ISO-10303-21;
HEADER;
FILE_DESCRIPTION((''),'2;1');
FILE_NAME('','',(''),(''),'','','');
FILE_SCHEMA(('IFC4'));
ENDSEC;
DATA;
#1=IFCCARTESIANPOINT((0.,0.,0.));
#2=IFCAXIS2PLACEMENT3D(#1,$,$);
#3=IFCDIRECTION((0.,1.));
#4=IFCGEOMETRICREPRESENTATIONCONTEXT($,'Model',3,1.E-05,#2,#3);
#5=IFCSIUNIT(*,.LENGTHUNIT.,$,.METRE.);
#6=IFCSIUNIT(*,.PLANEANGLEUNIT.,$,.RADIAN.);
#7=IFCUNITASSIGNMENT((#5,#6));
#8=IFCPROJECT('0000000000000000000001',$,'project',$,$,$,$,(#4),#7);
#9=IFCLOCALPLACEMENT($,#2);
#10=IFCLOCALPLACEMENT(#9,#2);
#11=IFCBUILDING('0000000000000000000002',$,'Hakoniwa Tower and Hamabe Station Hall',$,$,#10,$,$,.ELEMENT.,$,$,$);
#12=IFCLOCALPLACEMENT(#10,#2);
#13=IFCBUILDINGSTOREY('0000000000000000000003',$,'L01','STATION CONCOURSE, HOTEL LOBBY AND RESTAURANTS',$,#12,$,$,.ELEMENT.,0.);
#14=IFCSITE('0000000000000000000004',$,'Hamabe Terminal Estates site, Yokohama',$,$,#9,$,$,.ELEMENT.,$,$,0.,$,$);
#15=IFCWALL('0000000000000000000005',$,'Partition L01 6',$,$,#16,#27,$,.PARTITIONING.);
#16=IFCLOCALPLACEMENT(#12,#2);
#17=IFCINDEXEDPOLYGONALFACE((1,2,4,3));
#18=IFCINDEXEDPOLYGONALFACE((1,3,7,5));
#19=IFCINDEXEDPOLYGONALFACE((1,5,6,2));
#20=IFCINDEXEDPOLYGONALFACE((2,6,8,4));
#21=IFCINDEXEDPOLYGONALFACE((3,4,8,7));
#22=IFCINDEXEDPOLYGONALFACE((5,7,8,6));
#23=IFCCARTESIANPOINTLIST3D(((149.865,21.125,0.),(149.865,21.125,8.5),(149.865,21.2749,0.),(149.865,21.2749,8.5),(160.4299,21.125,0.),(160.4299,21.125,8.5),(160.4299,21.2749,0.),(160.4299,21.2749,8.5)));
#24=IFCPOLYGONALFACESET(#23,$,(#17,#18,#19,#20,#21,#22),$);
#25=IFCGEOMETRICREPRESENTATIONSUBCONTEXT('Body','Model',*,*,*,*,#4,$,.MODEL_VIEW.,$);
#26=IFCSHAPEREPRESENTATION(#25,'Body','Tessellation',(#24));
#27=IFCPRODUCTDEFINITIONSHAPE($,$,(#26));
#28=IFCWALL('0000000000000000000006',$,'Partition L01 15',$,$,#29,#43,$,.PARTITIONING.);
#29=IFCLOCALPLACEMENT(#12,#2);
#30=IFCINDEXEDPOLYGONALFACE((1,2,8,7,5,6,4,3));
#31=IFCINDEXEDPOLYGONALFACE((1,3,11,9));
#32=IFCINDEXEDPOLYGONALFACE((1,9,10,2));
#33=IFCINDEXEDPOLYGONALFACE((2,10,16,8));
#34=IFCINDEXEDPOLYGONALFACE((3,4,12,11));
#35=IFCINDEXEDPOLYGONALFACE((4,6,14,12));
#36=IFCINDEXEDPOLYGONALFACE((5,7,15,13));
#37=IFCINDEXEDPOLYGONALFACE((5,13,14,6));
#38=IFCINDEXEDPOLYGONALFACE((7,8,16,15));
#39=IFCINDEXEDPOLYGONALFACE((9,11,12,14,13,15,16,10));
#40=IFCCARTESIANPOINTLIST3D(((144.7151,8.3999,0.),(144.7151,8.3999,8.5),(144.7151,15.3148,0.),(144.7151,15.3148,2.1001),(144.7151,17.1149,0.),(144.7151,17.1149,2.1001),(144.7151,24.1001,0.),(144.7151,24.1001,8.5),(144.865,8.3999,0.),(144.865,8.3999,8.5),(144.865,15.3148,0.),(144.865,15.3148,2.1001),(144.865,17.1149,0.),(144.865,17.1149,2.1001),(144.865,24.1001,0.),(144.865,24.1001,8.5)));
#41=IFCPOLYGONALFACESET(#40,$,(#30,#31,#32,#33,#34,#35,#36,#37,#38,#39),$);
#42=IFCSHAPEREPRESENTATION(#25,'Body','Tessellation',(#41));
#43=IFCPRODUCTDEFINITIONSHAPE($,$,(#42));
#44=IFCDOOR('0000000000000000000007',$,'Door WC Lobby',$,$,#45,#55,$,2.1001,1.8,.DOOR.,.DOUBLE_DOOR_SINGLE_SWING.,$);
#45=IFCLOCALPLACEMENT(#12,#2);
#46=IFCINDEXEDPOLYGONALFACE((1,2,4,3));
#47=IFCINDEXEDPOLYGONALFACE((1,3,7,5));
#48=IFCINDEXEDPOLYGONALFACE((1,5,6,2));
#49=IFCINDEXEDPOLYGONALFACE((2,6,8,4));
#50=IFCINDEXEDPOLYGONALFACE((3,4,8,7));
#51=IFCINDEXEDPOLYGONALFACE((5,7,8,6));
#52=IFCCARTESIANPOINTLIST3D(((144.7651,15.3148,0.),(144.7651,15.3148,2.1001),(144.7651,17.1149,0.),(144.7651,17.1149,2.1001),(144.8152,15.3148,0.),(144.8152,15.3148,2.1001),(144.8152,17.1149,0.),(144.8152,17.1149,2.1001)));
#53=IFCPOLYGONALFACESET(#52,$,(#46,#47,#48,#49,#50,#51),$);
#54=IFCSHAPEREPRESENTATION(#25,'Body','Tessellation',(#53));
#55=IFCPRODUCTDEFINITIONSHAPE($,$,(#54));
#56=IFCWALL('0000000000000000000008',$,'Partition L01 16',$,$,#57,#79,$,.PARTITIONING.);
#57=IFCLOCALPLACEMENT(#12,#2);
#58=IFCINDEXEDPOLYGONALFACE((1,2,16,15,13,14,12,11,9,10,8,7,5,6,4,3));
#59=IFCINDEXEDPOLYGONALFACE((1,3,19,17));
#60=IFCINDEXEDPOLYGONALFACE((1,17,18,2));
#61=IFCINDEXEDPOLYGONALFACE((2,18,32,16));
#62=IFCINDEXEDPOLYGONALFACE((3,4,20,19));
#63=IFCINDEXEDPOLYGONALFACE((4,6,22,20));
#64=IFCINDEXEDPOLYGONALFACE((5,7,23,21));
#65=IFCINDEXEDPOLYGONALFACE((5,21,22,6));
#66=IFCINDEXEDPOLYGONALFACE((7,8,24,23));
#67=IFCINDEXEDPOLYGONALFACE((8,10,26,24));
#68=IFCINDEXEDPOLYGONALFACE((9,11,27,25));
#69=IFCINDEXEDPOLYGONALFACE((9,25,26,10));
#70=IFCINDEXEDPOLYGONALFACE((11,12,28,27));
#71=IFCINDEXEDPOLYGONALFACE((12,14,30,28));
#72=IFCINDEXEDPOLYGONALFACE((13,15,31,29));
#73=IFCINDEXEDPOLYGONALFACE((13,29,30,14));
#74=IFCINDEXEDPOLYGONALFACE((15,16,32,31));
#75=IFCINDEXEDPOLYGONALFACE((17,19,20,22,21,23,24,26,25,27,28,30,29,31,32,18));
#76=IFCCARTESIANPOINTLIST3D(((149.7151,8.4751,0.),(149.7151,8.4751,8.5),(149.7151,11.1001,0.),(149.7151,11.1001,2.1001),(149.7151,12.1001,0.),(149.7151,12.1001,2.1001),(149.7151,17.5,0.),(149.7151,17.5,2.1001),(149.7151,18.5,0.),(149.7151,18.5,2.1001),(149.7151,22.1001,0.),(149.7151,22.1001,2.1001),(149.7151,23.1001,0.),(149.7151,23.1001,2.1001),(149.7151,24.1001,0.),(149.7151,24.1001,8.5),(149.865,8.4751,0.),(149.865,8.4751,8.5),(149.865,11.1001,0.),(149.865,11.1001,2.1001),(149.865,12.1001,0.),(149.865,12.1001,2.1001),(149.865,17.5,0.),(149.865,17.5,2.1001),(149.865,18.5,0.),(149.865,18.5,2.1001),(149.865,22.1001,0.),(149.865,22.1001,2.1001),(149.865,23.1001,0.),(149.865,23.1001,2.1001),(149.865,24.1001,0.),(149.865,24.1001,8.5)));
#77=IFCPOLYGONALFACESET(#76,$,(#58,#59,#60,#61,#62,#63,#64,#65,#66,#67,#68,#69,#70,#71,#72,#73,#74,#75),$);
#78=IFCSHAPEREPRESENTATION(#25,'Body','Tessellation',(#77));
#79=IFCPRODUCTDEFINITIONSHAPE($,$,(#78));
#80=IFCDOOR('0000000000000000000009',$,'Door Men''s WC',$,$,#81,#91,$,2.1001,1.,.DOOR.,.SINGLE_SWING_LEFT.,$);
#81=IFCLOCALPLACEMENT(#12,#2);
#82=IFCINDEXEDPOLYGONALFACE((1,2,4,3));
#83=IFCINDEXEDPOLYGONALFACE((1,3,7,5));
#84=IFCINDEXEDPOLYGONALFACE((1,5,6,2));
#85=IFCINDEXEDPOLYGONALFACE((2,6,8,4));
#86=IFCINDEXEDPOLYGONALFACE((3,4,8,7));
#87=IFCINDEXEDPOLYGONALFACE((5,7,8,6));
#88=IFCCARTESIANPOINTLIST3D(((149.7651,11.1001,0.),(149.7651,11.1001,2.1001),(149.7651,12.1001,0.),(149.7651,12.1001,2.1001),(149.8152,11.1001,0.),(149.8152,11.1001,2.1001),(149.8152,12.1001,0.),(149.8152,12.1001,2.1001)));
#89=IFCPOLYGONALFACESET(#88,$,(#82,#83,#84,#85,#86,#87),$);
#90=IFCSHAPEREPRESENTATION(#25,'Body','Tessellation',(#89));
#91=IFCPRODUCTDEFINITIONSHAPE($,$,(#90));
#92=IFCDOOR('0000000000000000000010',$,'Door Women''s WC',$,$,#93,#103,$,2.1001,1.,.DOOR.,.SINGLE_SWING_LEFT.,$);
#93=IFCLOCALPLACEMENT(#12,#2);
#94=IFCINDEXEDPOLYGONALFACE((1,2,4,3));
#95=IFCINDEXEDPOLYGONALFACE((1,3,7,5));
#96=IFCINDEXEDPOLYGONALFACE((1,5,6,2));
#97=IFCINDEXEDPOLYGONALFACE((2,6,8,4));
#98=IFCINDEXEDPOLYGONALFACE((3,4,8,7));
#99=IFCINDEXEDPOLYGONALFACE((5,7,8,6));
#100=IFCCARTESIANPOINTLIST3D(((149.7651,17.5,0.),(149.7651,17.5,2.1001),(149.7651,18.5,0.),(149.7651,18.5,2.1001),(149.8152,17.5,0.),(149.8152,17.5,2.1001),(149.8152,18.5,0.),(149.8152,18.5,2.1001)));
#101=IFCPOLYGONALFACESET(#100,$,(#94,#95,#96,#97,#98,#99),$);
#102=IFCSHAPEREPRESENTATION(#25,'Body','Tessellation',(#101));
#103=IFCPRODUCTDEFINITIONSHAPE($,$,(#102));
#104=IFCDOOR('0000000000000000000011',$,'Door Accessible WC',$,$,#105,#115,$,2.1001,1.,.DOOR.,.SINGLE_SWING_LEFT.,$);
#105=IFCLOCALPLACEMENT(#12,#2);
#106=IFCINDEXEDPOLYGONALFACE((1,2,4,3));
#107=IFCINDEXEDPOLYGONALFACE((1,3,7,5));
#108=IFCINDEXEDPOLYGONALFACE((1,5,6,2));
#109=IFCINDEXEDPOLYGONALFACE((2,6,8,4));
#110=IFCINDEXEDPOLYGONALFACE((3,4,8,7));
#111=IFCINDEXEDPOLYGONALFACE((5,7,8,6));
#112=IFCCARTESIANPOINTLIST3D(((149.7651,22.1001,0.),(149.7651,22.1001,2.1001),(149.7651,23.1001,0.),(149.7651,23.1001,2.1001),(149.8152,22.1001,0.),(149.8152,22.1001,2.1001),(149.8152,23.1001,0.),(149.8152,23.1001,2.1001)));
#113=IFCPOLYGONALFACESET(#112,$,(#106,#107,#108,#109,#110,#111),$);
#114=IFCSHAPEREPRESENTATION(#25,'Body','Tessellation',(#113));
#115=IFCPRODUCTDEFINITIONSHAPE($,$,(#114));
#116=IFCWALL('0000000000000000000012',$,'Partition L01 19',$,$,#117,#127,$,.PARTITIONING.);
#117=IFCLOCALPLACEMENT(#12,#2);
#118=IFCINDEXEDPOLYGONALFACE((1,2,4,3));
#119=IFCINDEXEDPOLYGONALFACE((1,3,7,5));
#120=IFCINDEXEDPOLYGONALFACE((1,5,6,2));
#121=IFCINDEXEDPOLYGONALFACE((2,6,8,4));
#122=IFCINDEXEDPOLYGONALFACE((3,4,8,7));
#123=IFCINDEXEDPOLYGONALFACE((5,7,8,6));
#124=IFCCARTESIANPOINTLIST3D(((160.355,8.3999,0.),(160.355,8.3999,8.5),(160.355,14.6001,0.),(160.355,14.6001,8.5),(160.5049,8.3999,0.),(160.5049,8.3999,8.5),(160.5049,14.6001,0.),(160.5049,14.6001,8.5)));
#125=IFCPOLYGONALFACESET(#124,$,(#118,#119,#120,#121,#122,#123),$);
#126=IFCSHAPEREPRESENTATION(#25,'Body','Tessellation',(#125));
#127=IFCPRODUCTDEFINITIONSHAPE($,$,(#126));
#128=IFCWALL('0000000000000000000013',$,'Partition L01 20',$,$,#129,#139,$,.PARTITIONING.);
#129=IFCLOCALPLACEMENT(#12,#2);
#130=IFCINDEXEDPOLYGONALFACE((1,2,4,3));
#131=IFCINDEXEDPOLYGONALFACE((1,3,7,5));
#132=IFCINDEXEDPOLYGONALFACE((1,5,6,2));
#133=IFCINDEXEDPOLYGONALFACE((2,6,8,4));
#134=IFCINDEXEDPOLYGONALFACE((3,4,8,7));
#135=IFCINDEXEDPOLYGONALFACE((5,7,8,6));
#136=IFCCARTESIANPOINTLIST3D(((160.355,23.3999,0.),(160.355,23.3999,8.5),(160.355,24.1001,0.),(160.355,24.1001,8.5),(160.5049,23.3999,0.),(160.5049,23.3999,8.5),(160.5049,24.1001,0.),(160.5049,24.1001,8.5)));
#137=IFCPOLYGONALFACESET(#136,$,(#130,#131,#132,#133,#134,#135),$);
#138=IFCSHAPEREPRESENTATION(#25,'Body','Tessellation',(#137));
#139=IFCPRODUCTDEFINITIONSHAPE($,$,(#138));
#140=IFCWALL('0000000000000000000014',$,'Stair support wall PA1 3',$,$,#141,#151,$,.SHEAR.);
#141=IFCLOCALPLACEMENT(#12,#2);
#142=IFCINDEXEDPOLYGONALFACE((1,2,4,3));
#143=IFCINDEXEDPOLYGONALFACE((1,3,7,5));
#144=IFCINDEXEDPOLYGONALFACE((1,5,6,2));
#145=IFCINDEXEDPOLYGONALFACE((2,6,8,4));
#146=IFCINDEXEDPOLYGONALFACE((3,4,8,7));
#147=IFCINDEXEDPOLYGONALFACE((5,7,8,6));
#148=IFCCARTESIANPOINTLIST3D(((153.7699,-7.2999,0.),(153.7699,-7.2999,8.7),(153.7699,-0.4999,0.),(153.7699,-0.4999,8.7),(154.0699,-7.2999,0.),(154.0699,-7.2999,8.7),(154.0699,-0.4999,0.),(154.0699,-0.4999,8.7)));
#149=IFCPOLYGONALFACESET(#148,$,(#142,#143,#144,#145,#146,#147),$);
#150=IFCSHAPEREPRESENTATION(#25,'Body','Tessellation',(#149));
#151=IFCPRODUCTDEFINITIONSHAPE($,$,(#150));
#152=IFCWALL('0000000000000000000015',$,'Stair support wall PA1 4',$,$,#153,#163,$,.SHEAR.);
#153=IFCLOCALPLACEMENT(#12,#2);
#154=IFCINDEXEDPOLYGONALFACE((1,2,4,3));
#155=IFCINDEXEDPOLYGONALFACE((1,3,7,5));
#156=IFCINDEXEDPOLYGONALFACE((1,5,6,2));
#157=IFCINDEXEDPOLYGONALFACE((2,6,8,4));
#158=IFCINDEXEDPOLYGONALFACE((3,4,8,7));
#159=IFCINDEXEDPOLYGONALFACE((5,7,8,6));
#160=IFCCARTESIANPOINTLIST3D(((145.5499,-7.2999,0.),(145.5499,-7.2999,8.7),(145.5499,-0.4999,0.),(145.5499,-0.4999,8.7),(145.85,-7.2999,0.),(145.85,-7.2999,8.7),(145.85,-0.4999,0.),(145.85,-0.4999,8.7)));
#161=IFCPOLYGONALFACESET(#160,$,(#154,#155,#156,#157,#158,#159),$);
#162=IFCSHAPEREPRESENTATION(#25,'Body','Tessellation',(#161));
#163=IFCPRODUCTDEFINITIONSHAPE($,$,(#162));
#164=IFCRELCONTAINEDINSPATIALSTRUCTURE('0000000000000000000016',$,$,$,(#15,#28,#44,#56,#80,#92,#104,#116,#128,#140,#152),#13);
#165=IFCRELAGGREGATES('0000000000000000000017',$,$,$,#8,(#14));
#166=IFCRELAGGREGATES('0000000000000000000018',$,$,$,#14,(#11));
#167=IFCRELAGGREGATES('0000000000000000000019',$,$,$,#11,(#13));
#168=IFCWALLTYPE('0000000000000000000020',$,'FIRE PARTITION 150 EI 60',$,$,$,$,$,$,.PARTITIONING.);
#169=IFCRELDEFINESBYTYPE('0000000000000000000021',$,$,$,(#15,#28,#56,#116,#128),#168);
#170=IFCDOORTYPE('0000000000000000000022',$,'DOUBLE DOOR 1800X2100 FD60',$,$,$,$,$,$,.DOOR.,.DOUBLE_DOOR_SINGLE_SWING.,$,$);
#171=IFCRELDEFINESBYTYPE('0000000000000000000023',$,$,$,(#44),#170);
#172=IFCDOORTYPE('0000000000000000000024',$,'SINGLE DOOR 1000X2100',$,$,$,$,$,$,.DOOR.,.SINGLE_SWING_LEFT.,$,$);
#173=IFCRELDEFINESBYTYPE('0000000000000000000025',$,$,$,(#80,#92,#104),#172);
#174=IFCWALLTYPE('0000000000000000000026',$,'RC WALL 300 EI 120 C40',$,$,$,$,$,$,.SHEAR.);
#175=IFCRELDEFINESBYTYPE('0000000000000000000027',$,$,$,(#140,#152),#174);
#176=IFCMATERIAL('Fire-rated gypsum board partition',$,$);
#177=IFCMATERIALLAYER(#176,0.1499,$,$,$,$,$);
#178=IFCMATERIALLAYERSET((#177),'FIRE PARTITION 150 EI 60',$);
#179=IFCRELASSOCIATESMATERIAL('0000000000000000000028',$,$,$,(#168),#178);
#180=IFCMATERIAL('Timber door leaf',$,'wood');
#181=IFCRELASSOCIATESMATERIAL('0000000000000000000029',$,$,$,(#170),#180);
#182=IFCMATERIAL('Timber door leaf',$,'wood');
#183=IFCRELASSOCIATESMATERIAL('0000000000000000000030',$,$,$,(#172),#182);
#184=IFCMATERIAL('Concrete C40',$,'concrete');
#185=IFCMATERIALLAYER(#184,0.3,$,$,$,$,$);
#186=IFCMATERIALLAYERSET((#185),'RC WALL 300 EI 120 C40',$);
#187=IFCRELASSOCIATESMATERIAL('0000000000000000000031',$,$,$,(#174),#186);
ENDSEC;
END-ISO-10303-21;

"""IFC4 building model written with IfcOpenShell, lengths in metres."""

from ifc_helpers import new_model, si_unit, direction, frame, frame_2d, origin, place, context, subcontext, project, spatial, rectangle, extrude, material, layer, layer_set, type_object, element, fill, save


model = new_model("IFC4")

# Units and contexts
model_context = context("Model", 3, precision=1e-05, world=origin(), true_north=direction((0.0, 1.0)))
body_context = subcontext(model_context, "Body", "Model", "MODEL_VIEW")
ifc_project = project(units=[si_unit("LENGTHUNIT", "METRE"), si_unit("PLANEANGLEUNIT", "RADIAN")], contexts=[model_context])

# Site, building, storey
site_placement = place(None, origin())
site = spatial("IfcSite", under=ifc_project, at=site_placement, Name="Hamabe Terminal Estates site, Yokohama", CompositionType="ELEMENT", RefElevation=0.0)
building_placement = place(site_placement, origin())
building = spatial("IfcBuilding", under=site, at=building_placement, Name="Hakoniwa Tower and Hamabe Station Hall", CompositionType="ELEMENT")
storey_placement = place(building_placement, origin())
storey = spatial("IfcBuildingStorey", under=building, at=storey_placement, Name="L01", Description="STATION CONCOURSE, HOTEL LOBBY AND RESTAURANTS", CompositionType="ELEMENT", Elevation=0.0)

# Wall
ifc_material_1 = material(Name="Fire-rated gypsum board partition")
ifc_layer_1 = layer(ifc_material_1, 0.1499)
ifc_layer_set_1 = layer_set([ifc_layer_1], Name="FIRE PARTITION 150 EI 60")
wall_type_1 = type_object("IfcWallType", Name="FIRE PARTITION 150 EI 60", PredefinedType="PARTITIONING", material=ifc_layer_set_1)
for number, where, z_axis, x_axis, name in (
    (1, (149.865, 21.2, 0.0), (0.0, 0.0, 1.0), (1.0, 0.0, 0.0), "Partition L01 6"),
):
    element("IfcWall", number, at=place(storey_placement, frame(where, z_axis=z_axis, x_axis=x_axis)), inside=storey, type_object=wall_type_1, Name=name, PredefinedType="PARTITIONING", context=body_context, shape_type="SweptSolid", body=[
        extrude(rectangle(XDim=10.5649, YDim=0.1499, at=frame_2d((5.2825, 0.0))), origin(), (0.0, 0.0, 1.0), 8.5),
    ])

# Wall, opening, door
wall_1_placement = place(storey_placement, frame((144.79, 8.3999, 0.0), z_axis=(0.0, 0.0, 1.0), x_axis=(0.0, 1.0, 0.0)))
wall_1 = element("IfcWall", 2, at=wall_1_placement, inside=storey, type_object=wall_type_1, Name="Partition L01 15", PredefinedType="PARTITIONING", context=body_context, shape_type="SweptSolid", body=[
    extrude(rectangle(XDim=15.7002, YDim=0.1499, at=frame_2d((7.8501, 0.0))), origin(), (0.0, 0.0, 1.0), 8.5),
])
opening_1_placement = place(wall_1_placement, frame((6.915, 0.0, 0.0)))
opening_1 = element("IfcOpeningElement", 3, at=opening_1_placement, cuts=wall_1, PredefinedType="OPENING", context=body_context, shape_type="SweptSolid", body=[
    extrude(rectangle(XDim=1.8, YDim=2.1001, at=frame_2d((0.8999, 1.05))), frame((0.0, 0.085, 0.0), z_axis=(0.0, -1.0, 0.0), x_axis=(1.0, 0.0, 0.0)), (0.0, 0.0, 1.0), 0.1699),
])
ifc_material_2 = material(Name="Timber door leaf", Category="wood")
door_type_1 = type_object("IfcDoorType", Name="DOUBLE DOOR 1800X2100 FD60", OperationType="DOUBLE_DOOR_SINGLE_SWING", PredefinedType="DOOR", material=ifc_material_2)
door_1_placement = place(opening_1_placement, origin())
door_1 = element("IfcDoor", 4, at=door_1_placement, inside=storey, type_object=door_type_1, Name="Door WC Lobby", OperationType="DOUBLE_DOOR_SINGLE_SWING", OverallHeight=2.1001, OverallWidth=1.8, PredefinedType="DOOR", context=body_context, shape_type="SweptSolid", body=[
    extrude(rectangle(XDim=1.8, YDim=2.1001, at=frame_2d((0.8999, 1.05))), frame((0.0, 0.0249, 0.0), z_axis=(0.0, -1.0, 0.0), x_axis=(1.0, 0.0, 0.0)), (0.0, 0.0, 1.0), 0.05),
])
fill(opening_1, door_1)

# Wall, openings, doors
wall_2_placement = place(storey_placement, frame((149.79, 8.4751, 0.0), z_axis=(0.0, 0.0, 1.0), x_axis=(0.0, 1.0, 0.0)))
wall_2 = element("IfcWall", 5, at=wall_2_placement, inside=storey, type_object=wall_type_1, Name="Partition L01 16", PredefinedType="PARTITIONING", context=body_context, shape_type="SweptSolid", body=[
    extrude(rectangle(XDim=15.625, YDim=0.1499, at=frame_2d((7.8125, 0.0))), origin(), (0.0, 0.0, 1.0), 8.5),
])
opening_2_placement = place(wall_2_placement, frame((2.625, 0.0, 0.0)))
opening_2 = element("IfcOpeningElement", 6, at=opening_2_placement, cuts=wall_2, PredefinedType="OPENING", context=body_context, shape_type="SweptSolid", body=[
    extrude(rectangle(XDim=1.0, YDim=2.1001, at=frame_2d((0.5, 1.05))), frame((0.0, 0.085, 0.0), z_axis=(0.0, -1.0, 0.0), x_axis=(1.0, 0.0, 0.0)), (0.0, 0.0, 1.0), 0.1699),
])
opening_3_placement = place(wall_2_placement, frame((9.0249, 0.0, 0.0)))
opening_3 = element("IfcOpeningElement", 7, at=opening_3_placement, cuts=wall_2, PredefinedType="OPENING", context=body_context, shape_type="SweptSolid", body=[
    extrude(rectangle(XDim=1.0, YDim=2.1001, at=frame_2d((0.5, 1.05))), frame((0.0, 0.085, 0.0), z_axis=(0.0, -1.0, 0.0), x_axis=(1.0, 0.0, 0.0)), (0.0, 0.0, 1.0), 0.1699),
])
opening_4_placement = place(wall_2_placement, frame((13.625, 0.0, 0.0)))
opening_4 = element("IfcOpeningElement", 8, at=opening_4_placement, cuts=wall_2, PredefinedType="OPENING", context=body_context, shape_type="SweptSolid", body=[
    extrude(rectangle(XDim=1.0, YDim=2.1001, at=frame_2d((0.5, 1.05))), frame((0.0, 0.085, 0.0), z_axis=(0.0, -1.0, 0.0), x_axis=(1.0, 0.0, 0.0)), (0.0, 0.0, 1.0), 0.1699),
])
ifc_material_3 = material(Name="Timber door leaf", Category="wood")
door_type_2 = type_object("IfcDoorType", Name="SINGLE DOOR 1000X2100", OperationType="SINGLE_SWING_LEFT", PredefinedType="DOOR", material=ifc_material_3)
door_2_placement = place(opening_2_placement, origin())
door_2 = element("IfcDoor", 9, at=door_2_placement, inside=storey, type_object=door_type_2, Name="Door Men's WC", OperationType="SINGLE_SWING_LEFT", OverallHeight=2.1001, OverallWidth=1.0, PredefinedType="DOOR", context=body_context, shape_type="SweptSolid", body=[
    extrude(rectangle(XDim=1.0, YDim=2.1001, at=frame_2d((0.5, 1.05))), frame((0.0, 0.0249, 0.0), z_axis=(0.0, -1.0, 0.0), x_axis=(1.0, 0.0, 0.0)), (0.0, 0.0, 1.0), 0.05),
])
fill(opening_2, door_2)
door_3_placement = place(opening_3_placement, origin())
door_3 = element("IfcDoor", 10, at=door_3_placement, inside=storey, type_object=door_type_2, Name="Door Women's WC", OperationType="SINGLE_SWING_LEFT", OverallHeight=2.1001, OverallWidth=1.0, PredefinedType="DOOR", context=body_context, shape_type="SweptSolid", body=[
    extrude(rectangle(XDim=1.0, YDim=2.1001, at=frame_2d((0.5, 1.05))), frame((0.0, 0.0249, 0.0), z_axis=(0.0, -1.0, 0.0), x_axis=(1.0, 0.0, 0.0)), (0.0, 0.0, 1.0), 0.05),
])
fill(opening_3, door_3)
door_4_placement = place(opening_4_placement, origin())
door_4 = element("IfcDoor", 11, at=door_4_placement, inside=storey, type_object=door_type_2, Name="Door Accessible WC", OperationType="SINGLE_SWING_LEFT", OverallHeight=2.1001, OverallWidth=1.0, PredefinedType="DOOR", context=body_context, shape_type="SweptSolid", body=[
    extrude(rectangle(XDim=1.0, YDim=2.1001, at=frame_2d((0.5, 1.05))), frame((0.0, 0.0249, 0.0), z_axis=(0.0, -1.0, 0.0), x_axis=(1.0, 0.0, 0.0)), (0.0, 0.0, 1.0), 0.05),
])
fill(opening_4, door_4)

# Walls
wall_3_placement = place(storey_placement, frame((160.4299, 8.3999, 0.0), z_axis=(0.0, 0.0, 1.0), x_axis=(0.0, 1.0, 0.0)))
element("IfcWall", 12, at=wall_3_placement, inside=storey, type_object=wall_type_1, Name="Partition L01 19", PredefinedType="PARTITIONING", context=body_context, shape_type="SweptSolid", body=[
    extrude(rectangle(XDim=6.2002, YDim=0.1499, at=frame_2d((3.1001, 0.0))), origin(), (0.0, 0.0, 1.0), 8.5),
])
wall_4_placement = place(storey_placement, frame((160.4299, 23.3999, 0.0), z_axis=(0.0, 0.0, 1.0), x_axis=(0.0, 1.0, 0.0)))
element("IfcWall", 13, at=wall_4_placement, inside=storey, type_object=wall_type_1, Name="Partition L01 20", PredefinedType="PARTITIONING", context=body_context, shape_type="SweptSolid", body=[
    extrude(rectangle(XDim=0.7002, YDim=0.1499, at=frame_2d((0.3501, 0.0))), origin(), (0.0, 0.0, 1.0), 8.5),
])
ifc_material_4 = material(Name="Concrete C40", Category="concrete")
ifc_layer_2 = layer(ifc_material_4, 0.3)
ifc_layer_set_2 = layer_set([ifc_layer_2], Name="RC WALL 300 EI 120 C40")
wall_type_2 = type_object("IfcWallType", Name="RC WALL 300 EI 120 C40", PredefinedType="SHEAR", material=ifc_layer_set_2)
for number, where, z_axis, x_axis, name in (
    (14, (153.9199, -0.5, 0.0), (0.0, 0.0, 1.0), (0.0, -1.0, 0.0), "Stair support wall PA1 3"),
    (15, (145.7, -0.5, 0.0), (0.0, 0.0, 1.0), (0.0, -1.0, 0.0), "Stair support wall PA1 4"),
):
    element("IfcWall", number, at=place(storey_placement, frame(where, z_axis=z_axis, x_axis=x_axis)), inside=storey, type_object=wall_type_2, Name=name, PredefinedType="SHEAR", context=body_context, shape_type="SweptSolid", body=[
        extrude(rectangle(XDim=6.8, YDim=0.3, at=frame_2d((3.3999, 0.0))), origin(), (0.0, 0.0, 1.0), 8.7),
    ])

save(model, "model.ifc")
